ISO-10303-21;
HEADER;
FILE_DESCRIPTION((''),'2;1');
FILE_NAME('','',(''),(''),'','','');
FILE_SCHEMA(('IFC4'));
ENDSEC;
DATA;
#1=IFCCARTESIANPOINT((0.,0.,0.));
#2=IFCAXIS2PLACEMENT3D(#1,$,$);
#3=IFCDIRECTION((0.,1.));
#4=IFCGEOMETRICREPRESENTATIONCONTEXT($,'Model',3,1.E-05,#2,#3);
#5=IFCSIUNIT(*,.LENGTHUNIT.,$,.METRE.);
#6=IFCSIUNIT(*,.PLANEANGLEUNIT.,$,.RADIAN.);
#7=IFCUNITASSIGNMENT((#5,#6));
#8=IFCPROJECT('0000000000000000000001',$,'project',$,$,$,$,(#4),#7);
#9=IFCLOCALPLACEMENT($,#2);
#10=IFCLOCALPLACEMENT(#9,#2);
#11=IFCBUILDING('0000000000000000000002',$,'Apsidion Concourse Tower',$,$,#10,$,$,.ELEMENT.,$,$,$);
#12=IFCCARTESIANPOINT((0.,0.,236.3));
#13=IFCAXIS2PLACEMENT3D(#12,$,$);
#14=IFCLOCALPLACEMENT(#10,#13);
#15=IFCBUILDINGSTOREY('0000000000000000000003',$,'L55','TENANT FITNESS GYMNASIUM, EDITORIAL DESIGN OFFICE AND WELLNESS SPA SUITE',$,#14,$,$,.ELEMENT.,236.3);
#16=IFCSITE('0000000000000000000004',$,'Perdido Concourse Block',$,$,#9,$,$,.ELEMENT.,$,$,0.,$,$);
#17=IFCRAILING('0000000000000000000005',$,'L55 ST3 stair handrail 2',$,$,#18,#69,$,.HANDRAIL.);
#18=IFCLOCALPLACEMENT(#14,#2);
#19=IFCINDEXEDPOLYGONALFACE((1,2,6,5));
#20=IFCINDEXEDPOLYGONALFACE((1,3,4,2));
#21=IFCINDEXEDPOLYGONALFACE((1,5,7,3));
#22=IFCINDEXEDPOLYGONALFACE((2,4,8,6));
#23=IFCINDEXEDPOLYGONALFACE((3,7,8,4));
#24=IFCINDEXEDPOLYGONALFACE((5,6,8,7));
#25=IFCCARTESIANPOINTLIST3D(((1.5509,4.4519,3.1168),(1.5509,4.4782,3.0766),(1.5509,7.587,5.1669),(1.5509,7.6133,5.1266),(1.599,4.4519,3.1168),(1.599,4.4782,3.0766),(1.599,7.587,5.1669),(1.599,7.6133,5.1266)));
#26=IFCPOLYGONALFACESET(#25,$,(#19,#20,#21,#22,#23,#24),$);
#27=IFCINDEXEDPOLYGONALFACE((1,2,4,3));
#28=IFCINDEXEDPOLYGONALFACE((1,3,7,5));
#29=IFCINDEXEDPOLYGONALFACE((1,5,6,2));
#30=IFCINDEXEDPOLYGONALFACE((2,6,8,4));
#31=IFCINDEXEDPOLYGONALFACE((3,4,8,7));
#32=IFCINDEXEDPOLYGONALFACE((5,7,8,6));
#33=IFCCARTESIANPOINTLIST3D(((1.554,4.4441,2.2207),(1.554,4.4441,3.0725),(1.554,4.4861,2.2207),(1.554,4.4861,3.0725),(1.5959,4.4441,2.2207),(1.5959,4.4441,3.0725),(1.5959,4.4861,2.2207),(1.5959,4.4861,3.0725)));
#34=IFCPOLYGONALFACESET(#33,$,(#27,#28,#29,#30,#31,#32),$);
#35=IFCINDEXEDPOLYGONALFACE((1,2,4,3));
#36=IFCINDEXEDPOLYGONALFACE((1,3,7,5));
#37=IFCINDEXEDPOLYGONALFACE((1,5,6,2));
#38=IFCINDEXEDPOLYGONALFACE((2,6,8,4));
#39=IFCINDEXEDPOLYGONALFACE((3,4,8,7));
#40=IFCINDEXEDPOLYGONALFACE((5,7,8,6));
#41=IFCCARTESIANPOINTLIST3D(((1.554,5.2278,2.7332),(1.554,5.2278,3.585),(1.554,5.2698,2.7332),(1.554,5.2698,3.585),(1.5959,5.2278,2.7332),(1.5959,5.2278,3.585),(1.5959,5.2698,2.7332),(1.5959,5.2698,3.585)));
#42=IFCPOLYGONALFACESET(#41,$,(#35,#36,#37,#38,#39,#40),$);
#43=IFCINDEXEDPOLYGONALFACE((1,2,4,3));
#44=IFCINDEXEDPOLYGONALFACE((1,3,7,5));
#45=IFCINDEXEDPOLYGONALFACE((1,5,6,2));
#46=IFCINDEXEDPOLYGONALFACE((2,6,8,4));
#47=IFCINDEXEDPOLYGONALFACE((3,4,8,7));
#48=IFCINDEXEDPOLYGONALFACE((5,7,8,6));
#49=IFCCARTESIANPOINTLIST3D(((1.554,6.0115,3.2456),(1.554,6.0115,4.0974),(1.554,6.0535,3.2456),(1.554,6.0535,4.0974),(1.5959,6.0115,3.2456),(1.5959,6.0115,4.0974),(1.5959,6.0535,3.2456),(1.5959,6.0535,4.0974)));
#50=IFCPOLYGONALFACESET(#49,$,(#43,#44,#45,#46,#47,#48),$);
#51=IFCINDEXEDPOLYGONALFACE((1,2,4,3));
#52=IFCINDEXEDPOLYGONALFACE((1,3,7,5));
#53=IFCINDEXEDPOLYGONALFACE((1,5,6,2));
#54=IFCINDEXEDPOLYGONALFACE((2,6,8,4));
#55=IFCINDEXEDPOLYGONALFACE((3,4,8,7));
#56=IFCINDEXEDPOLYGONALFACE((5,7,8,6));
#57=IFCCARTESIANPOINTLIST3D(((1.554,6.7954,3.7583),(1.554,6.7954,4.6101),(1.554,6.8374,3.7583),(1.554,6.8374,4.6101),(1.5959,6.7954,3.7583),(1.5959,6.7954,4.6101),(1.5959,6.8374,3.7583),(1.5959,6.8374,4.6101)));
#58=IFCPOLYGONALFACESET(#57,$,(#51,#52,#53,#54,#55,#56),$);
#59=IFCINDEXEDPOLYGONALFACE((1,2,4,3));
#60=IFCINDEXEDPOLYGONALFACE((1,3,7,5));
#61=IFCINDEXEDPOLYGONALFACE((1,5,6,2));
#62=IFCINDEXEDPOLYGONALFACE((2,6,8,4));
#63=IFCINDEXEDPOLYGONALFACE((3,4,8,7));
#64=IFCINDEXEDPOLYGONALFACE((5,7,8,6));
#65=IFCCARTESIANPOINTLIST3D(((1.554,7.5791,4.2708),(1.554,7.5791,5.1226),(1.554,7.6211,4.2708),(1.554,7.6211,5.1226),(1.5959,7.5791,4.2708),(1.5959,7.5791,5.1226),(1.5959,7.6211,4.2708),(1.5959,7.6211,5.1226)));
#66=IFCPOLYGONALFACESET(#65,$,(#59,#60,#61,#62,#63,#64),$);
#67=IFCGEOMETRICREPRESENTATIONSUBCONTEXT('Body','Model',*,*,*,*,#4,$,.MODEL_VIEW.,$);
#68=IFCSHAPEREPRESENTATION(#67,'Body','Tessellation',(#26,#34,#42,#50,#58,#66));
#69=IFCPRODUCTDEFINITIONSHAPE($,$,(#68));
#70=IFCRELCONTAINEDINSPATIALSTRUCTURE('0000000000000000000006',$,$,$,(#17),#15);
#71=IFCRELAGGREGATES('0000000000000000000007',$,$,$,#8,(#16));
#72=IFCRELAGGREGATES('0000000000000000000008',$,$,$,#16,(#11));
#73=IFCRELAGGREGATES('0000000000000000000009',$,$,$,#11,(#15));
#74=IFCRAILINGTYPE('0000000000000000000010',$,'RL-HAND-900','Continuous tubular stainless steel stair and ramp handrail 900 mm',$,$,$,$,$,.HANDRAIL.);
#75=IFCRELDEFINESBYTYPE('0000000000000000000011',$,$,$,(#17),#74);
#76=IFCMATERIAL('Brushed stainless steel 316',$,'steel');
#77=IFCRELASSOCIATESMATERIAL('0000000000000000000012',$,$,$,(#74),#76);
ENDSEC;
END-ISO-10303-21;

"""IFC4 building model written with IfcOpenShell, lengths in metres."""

from ifc_helpers import new_model, si_unit, direction, frame, origin, origin_2d, place, context, subcontext, project, spatial, rectangle, extrude, material, type_object, element, save


model = new_model("IFC4")

# Units and contexts
model_context = context("Model", 3, precision=1e-05, world=origin(), true_north=direction((0.0, 1.0)))
body_context = subcontext(model_context, "Body", "Model", "MODEL_VIEW")
ifc_project = project(units=[si_unit("LENGTHUNIT", "METRE"), si_unit("PLANEANGLEUNIT", "RADIAN")], contexts=[model_context])

# Site, building, storey
site_placement = place(None, origin())
site = spatial("IfcSite", under=ifc_project, at=site_placement, Name="Perdido Concourse Block", CompositionType="ELEMENT", RefElevation=0.0)
building_placement = place(site_placement, origin())
building = spatial("IfcBuilding", under=site, at=building_placement, Name="Apsidion Concourse Tower", CompositionType="ELEMENT")
storey_placement = place(building_placement, frame((0.0, 0.0, 236.3)))
storey = spatial("IfcBuildingStorey", under=building, at=storey_placement, Name="L55", Description="TENANT FITNESS GYMNASIUM, EDITORIAL DESIGN OFFICE AND WELLNESS SPA SUITE", CompositionType="ELEMENT", Elevation=236.3)

# Railing
ifc_material_1 = material(Name="Brushed stainless steel 316", Category="steel")
railing_type_1 = type_object("IfcRailingType", Name="RL-HAND-900", Description="Continuous tubular stainless steel stair and ramp handrail 900 mm", PredefinedType="HANDRAIL", material=ifc_material_1)
railing_1_placement = place(storey_placement, frame((1.575, 4.4651, 2.2207)))
element("IfcRailing", 1, at=railing_1_placement, inside=storey, type_object=railing_type_1, Name="L55 ST3 stair handrail 2", PredefinedType="HANDRAIL", context=body_context, shape_type="SweptSolid", body=[
    extrude(rectangle(XDim=0.0481, YDim=0.0481, at=origin_2d()), frame((0.0, 0.0, 0.876), z_axis=(0.0, 0.836941, 0.547293), x_axis=(-1.0, 0.0, 0.0)), (0.0, 0.0, 1.0), 3.7458),
    extrude(rectangle(XDim=0.042, YDim=0.042, at=origin_2d()), origin(), (0.0, 0.0, 1.0), 0.8518),
    extrude(rectangle(XDim=0.042, YDim=0.042, at=origin_2d()), frame((0.0, 0.7837, 0.5125)), (0.0, 0.0, 1.0), 0.8518),
    extrude(rectangle(XDim=0.042, YDim=0.042, at=origin_2d()), frame((0.0, 1.5674, 1.0249)), (0.0, 0.0, 1.0), 0.8518),
    extrude(rectangle(XDim=0.042, YDim=0.042, at=origin_2d()), frame((0.0, 2.3513, 1.5376)), (0.0, 0.0, 1.0), 0.8518),
    extrude(rectangle(XDim=0.042, YDim=0.042, at=origin_2d()), frame((0.0, 3.135, 2.05)), (0.0, 0.0, 1.0), 0.8518),
])

save(model, "model.ifc")
